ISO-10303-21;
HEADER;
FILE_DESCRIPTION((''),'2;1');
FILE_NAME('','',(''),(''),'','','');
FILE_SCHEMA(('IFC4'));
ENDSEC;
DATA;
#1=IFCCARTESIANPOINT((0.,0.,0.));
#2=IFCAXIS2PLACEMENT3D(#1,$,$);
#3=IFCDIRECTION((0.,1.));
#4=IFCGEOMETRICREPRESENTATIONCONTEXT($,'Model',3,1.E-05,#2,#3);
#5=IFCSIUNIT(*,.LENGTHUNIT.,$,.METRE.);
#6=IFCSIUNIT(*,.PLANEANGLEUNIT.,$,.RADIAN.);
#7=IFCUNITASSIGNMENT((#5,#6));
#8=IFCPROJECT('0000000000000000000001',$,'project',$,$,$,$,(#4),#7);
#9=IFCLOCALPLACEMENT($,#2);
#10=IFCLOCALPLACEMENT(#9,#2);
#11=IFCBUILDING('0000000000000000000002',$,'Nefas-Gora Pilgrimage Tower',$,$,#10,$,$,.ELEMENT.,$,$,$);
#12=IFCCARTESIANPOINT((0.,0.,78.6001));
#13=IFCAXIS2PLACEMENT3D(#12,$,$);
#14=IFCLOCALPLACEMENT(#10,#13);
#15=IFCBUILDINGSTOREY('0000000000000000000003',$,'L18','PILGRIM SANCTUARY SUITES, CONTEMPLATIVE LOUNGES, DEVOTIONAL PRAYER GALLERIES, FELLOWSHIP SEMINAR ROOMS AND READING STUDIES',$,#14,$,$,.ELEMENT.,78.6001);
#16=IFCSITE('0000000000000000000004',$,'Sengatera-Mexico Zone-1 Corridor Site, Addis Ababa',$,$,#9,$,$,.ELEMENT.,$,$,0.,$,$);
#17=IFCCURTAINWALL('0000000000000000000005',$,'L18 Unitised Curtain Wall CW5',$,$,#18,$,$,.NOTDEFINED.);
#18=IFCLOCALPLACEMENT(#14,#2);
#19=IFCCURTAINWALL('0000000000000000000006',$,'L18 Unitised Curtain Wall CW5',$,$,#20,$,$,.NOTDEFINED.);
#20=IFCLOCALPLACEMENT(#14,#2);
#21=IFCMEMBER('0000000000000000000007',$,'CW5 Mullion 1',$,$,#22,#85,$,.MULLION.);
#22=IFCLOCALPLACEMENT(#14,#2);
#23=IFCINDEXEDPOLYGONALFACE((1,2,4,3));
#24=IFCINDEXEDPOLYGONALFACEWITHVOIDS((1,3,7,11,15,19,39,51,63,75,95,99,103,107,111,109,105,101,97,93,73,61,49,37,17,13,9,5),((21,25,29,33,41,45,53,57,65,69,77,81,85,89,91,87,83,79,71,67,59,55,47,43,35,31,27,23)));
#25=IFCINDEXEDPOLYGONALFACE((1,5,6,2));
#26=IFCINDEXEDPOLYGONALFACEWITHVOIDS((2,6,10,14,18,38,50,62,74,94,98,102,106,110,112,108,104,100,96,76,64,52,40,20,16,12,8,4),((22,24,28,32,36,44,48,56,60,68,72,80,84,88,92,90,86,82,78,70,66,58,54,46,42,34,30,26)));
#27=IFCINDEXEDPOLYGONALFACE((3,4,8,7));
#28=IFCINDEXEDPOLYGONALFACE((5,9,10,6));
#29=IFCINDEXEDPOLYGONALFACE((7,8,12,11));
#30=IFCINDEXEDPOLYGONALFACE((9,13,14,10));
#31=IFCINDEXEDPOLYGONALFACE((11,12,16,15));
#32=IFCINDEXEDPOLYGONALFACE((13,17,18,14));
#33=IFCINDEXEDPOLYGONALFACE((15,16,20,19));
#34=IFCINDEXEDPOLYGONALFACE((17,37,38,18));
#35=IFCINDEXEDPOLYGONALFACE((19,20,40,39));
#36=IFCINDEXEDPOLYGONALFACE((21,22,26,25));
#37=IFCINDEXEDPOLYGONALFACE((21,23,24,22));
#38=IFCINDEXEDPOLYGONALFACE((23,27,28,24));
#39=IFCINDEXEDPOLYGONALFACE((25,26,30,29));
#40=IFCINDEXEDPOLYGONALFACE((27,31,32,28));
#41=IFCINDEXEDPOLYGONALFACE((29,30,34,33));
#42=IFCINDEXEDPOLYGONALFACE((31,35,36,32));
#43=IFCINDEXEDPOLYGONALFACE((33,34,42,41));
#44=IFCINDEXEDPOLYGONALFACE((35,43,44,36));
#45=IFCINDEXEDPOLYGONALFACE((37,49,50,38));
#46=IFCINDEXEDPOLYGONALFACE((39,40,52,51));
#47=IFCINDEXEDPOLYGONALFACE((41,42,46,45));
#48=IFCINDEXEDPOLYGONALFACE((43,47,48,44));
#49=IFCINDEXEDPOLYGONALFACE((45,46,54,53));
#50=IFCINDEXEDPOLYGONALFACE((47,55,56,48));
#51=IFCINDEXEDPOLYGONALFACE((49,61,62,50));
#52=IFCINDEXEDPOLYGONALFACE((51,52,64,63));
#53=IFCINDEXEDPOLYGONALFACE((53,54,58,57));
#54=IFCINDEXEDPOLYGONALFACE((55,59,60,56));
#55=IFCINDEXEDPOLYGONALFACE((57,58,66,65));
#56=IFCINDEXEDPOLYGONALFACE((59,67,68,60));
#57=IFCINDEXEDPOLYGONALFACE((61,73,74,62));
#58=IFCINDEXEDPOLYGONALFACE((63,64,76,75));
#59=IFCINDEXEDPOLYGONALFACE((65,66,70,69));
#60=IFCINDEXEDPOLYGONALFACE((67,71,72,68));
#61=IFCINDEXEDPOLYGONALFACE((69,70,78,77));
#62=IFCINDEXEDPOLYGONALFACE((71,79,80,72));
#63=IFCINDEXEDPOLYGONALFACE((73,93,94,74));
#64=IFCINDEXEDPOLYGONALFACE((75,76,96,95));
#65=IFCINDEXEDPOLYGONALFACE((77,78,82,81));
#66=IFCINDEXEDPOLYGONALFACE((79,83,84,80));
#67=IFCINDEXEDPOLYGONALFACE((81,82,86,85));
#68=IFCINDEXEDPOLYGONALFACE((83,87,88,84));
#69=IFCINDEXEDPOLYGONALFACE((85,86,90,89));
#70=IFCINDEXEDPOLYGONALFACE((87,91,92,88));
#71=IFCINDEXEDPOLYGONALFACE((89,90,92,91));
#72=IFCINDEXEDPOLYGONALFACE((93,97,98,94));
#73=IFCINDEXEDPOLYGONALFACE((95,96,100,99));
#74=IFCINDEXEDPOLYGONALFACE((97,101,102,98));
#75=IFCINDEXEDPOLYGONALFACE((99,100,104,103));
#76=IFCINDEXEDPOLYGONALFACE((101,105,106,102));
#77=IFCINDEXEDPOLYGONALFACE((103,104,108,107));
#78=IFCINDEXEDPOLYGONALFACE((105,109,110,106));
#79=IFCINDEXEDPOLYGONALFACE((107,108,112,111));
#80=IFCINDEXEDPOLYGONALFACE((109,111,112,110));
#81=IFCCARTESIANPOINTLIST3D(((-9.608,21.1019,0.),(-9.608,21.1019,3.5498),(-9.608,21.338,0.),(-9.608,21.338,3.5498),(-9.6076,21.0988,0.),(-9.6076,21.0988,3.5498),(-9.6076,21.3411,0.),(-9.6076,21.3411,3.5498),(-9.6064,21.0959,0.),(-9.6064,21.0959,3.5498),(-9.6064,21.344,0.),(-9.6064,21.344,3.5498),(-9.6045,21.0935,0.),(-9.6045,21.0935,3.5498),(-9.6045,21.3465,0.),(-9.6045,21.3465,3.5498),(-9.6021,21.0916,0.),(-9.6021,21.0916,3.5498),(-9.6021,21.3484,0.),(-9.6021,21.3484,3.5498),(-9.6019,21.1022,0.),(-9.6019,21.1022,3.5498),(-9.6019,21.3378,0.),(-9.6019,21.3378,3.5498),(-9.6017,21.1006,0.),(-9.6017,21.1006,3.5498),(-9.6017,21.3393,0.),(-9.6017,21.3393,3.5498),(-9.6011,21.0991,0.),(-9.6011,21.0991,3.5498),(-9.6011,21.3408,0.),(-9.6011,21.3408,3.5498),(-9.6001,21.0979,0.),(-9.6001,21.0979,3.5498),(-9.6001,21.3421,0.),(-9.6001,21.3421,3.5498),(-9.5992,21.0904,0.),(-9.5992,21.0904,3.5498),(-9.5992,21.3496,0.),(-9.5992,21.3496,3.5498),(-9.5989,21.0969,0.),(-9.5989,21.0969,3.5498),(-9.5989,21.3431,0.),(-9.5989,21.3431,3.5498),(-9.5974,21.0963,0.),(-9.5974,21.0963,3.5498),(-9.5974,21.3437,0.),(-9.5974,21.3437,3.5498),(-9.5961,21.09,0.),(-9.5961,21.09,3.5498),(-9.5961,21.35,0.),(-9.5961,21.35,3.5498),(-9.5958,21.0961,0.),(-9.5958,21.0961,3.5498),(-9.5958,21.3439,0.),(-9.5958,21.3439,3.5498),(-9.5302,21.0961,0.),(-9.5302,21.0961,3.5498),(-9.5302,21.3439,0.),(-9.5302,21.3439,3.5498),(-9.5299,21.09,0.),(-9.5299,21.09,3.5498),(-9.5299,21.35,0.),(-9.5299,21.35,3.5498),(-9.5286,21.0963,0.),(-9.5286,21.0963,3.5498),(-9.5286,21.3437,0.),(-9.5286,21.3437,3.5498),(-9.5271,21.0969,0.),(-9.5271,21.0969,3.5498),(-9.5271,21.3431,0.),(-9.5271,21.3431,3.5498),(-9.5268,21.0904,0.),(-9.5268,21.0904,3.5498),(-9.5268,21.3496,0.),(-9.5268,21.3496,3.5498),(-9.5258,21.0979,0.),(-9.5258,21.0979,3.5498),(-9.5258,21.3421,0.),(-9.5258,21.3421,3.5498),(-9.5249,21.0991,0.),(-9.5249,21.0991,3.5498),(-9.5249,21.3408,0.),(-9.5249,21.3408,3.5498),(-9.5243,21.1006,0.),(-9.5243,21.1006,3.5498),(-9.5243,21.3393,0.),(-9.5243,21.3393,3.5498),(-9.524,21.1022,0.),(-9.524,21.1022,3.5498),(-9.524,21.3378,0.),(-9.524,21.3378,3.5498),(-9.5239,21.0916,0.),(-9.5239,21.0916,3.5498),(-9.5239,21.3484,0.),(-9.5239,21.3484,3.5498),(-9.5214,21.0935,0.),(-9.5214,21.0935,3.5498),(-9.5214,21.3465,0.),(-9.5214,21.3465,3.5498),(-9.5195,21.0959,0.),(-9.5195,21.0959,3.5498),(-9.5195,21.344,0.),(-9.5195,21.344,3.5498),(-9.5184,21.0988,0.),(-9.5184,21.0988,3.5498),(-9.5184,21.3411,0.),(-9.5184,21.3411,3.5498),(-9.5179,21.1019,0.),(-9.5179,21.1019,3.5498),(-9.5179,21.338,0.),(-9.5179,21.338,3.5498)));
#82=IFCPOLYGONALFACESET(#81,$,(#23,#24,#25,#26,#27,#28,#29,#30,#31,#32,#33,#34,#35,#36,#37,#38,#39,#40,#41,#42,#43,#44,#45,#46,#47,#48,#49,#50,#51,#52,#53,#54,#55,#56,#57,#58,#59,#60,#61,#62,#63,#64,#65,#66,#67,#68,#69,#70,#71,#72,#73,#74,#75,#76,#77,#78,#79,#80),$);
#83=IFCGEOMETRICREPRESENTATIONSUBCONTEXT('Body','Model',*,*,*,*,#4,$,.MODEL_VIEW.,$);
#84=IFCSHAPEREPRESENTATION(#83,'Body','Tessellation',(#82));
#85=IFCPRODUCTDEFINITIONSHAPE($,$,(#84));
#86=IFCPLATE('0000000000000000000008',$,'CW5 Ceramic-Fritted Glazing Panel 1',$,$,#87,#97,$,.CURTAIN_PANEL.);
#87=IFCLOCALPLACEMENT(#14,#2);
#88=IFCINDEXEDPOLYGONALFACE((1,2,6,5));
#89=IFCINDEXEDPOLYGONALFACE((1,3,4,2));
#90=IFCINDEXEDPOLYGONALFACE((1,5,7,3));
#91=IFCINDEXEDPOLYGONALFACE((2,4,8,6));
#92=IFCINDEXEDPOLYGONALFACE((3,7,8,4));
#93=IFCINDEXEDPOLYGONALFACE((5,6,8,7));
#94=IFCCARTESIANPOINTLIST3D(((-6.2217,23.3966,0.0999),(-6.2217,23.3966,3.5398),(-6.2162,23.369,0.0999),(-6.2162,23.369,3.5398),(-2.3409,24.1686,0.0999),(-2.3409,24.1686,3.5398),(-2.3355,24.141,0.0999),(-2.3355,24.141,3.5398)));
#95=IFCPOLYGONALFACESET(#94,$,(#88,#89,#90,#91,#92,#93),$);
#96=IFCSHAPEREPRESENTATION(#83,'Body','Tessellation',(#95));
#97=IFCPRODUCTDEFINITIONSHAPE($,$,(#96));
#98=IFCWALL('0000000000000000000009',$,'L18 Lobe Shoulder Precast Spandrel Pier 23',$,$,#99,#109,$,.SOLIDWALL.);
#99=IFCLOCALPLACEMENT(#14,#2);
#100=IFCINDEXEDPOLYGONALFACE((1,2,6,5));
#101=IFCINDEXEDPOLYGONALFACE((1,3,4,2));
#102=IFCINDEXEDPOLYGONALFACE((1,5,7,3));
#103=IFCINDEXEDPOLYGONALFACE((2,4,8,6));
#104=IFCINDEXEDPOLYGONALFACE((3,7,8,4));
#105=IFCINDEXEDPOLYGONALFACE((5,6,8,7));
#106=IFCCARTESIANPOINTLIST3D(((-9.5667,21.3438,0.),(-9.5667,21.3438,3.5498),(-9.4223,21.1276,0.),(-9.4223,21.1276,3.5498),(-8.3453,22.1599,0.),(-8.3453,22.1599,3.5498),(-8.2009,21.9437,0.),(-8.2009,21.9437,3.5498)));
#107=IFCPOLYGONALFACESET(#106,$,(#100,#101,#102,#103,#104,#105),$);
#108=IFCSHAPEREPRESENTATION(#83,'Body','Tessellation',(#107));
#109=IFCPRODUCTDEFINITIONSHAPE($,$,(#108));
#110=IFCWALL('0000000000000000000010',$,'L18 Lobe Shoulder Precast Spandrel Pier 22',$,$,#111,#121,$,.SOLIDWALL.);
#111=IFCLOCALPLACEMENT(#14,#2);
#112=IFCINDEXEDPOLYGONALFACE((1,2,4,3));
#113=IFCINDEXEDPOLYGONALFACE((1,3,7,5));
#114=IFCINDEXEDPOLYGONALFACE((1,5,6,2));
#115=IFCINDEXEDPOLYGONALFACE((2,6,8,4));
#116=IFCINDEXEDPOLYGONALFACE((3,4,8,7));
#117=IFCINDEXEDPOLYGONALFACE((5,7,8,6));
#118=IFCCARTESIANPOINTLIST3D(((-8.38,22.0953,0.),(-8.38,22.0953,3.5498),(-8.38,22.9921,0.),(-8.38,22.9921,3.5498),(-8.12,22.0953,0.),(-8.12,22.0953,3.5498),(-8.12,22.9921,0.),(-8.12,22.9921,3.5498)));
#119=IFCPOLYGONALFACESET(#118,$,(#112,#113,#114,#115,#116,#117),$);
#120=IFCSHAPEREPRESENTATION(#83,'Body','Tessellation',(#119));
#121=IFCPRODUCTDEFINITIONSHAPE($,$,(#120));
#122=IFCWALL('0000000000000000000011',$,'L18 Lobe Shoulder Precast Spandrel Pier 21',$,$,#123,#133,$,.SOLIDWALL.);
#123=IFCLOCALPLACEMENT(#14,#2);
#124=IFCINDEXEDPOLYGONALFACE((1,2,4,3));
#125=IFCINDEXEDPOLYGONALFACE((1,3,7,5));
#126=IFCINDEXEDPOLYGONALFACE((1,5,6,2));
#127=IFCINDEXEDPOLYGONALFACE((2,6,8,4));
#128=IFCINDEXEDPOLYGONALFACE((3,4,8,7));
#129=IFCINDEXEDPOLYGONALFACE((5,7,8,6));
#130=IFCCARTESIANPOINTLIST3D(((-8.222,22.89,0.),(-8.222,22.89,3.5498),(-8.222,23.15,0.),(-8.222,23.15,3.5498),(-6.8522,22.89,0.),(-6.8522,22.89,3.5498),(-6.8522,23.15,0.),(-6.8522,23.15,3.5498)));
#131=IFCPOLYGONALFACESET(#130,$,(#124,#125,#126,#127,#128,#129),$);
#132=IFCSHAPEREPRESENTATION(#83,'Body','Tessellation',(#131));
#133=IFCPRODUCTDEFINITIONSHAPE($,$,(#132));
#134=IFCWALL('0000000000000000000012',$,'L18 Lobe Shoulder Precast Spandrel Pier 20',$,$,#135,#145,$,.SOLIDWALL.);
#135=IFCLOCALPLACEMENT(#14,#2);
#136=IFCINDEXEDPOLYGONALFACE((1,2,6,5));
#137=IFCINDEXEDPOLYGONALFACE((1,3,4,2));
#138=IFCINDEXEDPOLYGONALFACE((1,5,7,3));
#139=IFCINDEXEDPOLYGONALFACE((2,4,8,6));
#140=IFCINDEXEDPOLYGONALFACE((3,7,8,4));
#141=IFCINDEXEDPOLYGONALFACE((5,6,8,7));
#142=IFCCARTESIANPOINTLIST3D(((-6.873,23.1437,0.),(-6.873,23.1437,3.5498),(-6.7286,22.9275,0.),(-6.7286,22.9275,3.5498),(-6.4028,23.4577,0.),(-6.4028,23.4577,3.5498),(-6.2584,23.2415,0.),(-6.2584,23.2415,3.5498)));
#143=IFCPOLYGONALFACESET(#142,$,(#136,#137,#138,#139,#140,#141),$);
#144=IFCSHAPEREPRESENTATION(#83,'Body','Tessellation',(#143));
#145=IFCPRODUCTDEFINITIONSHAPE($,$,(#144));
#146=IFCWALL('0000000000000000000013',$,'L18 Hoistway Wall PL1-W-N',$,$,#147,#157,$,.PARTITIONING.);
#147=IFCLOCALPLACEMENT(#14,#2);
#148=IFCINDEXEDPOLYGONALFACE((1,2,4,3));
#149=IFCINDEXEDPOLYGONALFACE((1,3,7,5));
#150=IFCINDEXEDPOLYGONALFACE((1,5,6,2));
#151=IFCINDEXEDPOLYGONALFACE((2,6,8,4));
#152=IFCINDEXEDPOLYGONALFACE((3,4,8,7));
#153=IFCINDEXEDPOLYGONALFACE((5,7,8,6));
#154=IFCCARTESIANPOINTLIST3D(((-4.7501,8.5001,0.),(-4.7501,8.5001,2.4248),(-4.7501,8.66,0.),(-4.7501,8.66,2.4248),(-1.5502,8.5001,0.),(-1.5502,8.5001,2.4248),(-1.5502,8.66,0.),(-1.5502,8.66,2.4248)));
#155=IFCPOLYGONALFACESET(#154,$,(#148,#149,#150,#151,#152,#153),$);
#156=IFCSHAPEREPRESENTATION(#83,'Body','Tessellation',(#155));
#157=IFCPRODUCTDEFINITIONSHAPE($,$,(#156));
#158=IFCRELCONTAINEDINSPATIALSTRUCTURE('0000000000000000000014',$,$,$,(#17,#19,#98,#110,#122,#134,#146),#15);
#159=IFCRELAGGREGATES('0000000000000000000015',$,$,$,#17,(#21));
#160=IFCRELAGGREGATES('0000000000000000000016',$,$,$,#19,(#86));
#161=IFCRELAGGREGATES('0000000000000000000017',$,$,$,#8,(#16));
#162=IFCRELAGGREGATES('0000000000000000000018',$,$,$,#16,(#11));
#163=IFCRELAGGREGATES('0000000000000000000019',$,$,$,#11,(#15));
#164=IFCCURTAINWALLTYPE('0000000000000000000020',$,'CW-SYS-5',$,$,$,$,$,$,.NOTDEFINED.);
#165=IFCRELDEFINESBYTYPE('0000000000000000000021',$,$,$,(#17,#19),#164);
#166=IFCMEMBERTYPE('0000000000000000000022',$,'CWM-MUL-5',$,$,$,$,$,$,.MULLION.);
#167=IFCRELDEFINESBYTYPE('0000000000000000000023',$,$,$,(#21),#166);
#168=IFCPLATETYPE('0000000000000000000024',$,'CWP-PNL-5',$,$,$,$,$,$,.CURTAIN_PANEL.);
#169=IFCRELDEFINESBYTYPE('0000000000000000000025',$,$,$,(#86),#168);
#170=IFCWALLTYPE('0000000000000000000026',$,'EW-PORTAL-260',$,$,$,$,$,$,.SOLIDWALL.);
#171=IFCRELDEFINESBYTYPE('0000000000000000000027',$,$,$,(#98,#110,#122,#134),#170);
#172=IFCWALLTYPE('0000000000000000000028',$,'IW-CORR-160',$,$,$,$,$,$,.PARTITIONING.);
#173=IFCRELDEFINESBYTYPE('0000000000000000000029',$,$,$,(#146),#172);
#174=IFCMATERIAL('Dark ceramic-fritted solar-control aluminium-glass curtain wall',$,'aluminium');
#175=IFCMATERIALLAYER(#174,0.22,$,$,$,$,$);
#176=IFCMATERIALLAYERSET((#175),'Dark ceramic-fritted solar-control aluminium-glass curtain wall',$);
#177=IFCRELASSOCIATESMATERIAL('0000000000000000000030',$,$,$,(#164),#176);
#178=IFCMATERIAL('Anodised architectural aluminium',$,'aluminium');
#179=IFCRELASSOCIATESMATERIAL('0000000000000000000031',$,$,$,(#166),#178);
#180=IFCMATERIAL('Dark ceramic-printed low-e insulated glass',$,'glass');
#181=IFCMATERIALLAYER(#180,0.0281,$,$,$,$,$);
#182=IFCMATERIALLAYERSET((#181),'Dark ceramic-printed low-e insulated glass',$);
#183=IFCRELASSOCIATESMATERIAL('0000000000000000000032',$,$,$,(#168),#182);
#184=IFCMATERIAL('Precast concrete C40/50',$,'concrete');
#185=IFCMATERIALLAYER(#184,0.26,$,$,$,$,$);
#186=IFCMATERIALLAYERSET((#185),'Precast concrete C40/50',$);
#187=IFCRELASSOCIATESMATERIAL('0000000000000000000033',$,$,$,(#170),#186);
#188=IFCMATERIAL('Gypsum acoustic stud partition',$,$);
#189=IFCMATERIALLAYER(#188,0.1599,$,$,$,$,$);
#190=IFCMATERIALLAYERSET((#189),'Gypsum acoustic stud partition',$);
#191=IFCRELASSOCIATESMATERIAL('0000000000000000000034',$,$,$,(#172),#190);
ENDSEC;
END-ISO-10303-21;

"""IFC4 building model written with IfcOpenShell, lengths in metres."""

from ifc_helpers import new_model, si_unit, direction, frame, frame_2d, origin, origin_2d, place, context, subcontext, project, spatial, rectangle, hollow_rectangle, extrude, source, transform, mapped, material, layer, layer_set, material_profile, profile_set, type_object, element, aggregate, save


model = new_model("IFC4")

# Units and contexts
model_context = context("Model", 3, precision=1e-05, world=origin(), true_north=direction((0.0, 1.0)))
body_context = subcontext(model_context, "Body", "Model", "MODEL_VIEW")
ifc_project = project(units=[si_unit("LENGTHUNIT", "METRE"), si_unit("PLANEANGLEUNIT", "RADIAN")], contexts=[model_context])

# Site, building, storey
site_placement = place(None, origin())
site = spatial("IfcSite", under=ifc_project, at=site_placement, Name="Sengatera-Mexico Zone-1 Corridor Site, Addis Ababa", CompositionType="ELEMENT", RefElevation=0.0)
building_placement = place(site_placement, origin())
building = spatial("IfcBuilding", under=site, at=building_placement, Name="Nefas-Gora Pilgrimage Tower", CompositionType="ELEMENT")
storey_placement = place(building_placement, frame((0.0, 0.0, 78.6001)))
storey = spatial("IfcBuildingStorey", under=building, at=storey_placement, Name="L18", Description="PILGRIM SANCTUARY SUITES, CONTEMPLATIVE LOUNGES, DEVOTIONAL PRAYER GALLERIES, FELLOWSHIP SEMINAR ROOMS AND READING STUDIES", CompositionType="ELEMENT", Elevation=78.6001)

# Curtain wall
ifc_material_1 = material(Name="Dark ceramic-fritted solar-control aluminium-glass curtain wall", Category="aluminium")
ifc_layer_1 = layer(ifc_material_1, 0.22)
ifc_layer_set_1 = layer_set([ifc_layer_1], Name="Dark ceramic-fritted solar-control aluminium-glass curtain wall")
curtain_wall_type = type_object("IfcCurtainWallType", Name="CW-SYS-5", PredefinedType="NOTDEFINED", material=ifc_layer_set_1)
curtain_wall_1_placement = place(storey_placement, origin())
curtain_wall_1 = element("IfcCurtainWall", 1, at=curtain_wall_1_placement, inside=storey, type_object=curtain_wall_type, Name="L18 Unitised Curtain Wall CW5", PredefinedType="NOTDEFINED")
ifc_material_2 = material(Name="Anodised architectural aluminium", Category="aluminium")

# Curtain wall
curtain_wall_2_placement = place(storey_placement, origin())
curtain_wall_2 = element("IfcCurtainWall", 2, at=curtain_wall_2_placement, inside=storey, type_object=curtain_wall_type, Name="L18 Unitised Curtain Wall CW5", PredefinedType="NOTDEFINED")
ifc_material_profile_1 = material_profile(ifc_material_2, hollow_rectangle(XDim=0.0901, YDim=0.26, WallThickness=0.0061, InnerFilletRadius=0.0061, OuterFilletRadius=0.012, at=origin_2d()), Name="ALU MULLION 90x260")
ifc_profile_set_1 = profile_set([ifc_material_profile_1], Name="Anodised architectural aluminium")
member_type_1 = type_object("IfcMemberType", Name="CWM-MUL-5", PredefinedType="MULLION", material=ifc_profile_set_1)
shared_shape_1 = source(origin(), body_context, "Body", "SweptSolid", [
    extrude(hollow_rectangle(XDim=0.0901, YDim=0.26, WallThickness=0.0061, InnerFilletRadius=0.0061, OuterFilletRadius=0.012, at=origin_2d()), origin(), (0.0, 0.0, 1.0), 3.5498),
])

# Member
member_1_placement = place(storey_placement, frame((-9.563, 21.22, 0.0), z_axis=(0.0, 0.0, 1.0), x_axis=(-1.0, 0.0, 0.0)))
member_1 = element("IfcMember", 3, at=member_1_placement, type_object=member_type_1, Name="CW5 Mullion 1", PredefinedType="MULLION", context=body_context, shape_type="MappedRepresentation", body=[
    mapped(shared_shape_1, transform((0.0, 0.0, 0.0), x_axis=(1.0, 0.0, 0.0), y_axis=(0.0, 1.0, 0.0), z_axis=(0.0, 0.0, 1.0), scale=1.0)),
])
aggregate(curtain_wall_1, [member_1])

# Plate
ifc_material_3 = material(Name="Dark ceramic-printed low-e insulated glass", Category="glass")
ifc_layer_2 = layer(ifc_material_3, 0.0281)
ifc_layer_set_2 = layer_set([ifc_layer_2], Name="Dark ceramic-printed low-e insulated glass")
plate_type = type_object("IfcPlateType", Name="CWP-PNL-5", PredefinedType="CURTAIN_PANEL", material=ifc_layer_set_2)
shared_shape_2 = source(origin(), body_context, "Body", "SweptSolid", [
    extrude(rectangle(XDim=3.9568, YDim=0.0281, at=origin_2d()), origin(), (0.0, 0.0, 1.0), 3.4399),
])
plate_placement = place(storey_placement, frame((-4.2786, 23.7688, 0.0999), z_axis=(0.0, 0.0, 1.0), x_axis=(-0.980783, -0.195102, 0.0)))
plate = element("IfcPlate", 4, at=plate_placement, type_object=plate_type, Name="CW5 Ceramic-Fritted Glazing Panel 1", PredefinedType="CURTAIN_PANEL", context=body_context, shape_type="MappedRepresentation", body=[
    mapped(shared_shape_2, transform((0.0, 0.0, 0.0), x_axis=(1.0, 0.0, 0.0), y_axis=(0.0, 1.0, 0.0), z_axis=(0.0, 0.0, 1.0), scale=1.0)),
])
aggregate(curtain_wall_2, [plate])

# Walls
ifc_material_4 = material(Name="Precast concrete C40/50", Category="concrete")
ifc_layer_3 = layer(ifc_material_4, 0.26)
ifc_layer_set_3 = layer_set([ifc_layer_3], Name="Precast concrete C40/50")
wall_type_1 = type_object("IfcWallType", Name="EW-PORTAL-260", PredefinedType="SOLIDWALL", material=ifc_layer_set_3)
shared_shape_3 = source(origin(), body_context, "Body", "SweptSolid", [
    extrude(rectangle(XDim=1.469, YDim=0.26, at=frame_2d((0.7344, 0.0))), origin(), (0.0, 0.0, 1.0), 3.5498),
])
wall_1_placement = place(storey_placement, frame((-8.2732, 22.0518, 0.0), z_axis=(0.0, 0.0, 1.0), x_axis=(-0.831462, -0.555582, 0.0)))
element("IfcWall", 5, at=wall_1_placement, inside=storey, type_object=wall_type_1, Name="L18 Lobe Shoulder Precast Spandrel Pier 23", PredefinedType="SOLIDWALL", context=body_context, shape_type="MappedRepresentation", body=[
    mapped(shared_shape_3, transform((0.0, 0.0, 0.0), x_axis=(1.0, 0.0, 0.0), y_axis=(0.0, 1.0, 0.0), z_axis=(0.0, 0.0, 1.0), scale=1.0)),
])
shared_shape_4 = source(origin(), body_context, "Body", "SweptSolid", [
    extrude(rectangle(XDim=0.8967, YDim=0.26, at=frame_2d((0.4482, 0.0))), origin(), (0.0, 0.0, 1.0), 3.5498),
])
wall_2_placement = place(storey_placement, frame((-8.25, 22.9919, 0.0), z_axis=(0.0, 0.0, 1.0), x_axis=(0.0, -1.0, 0.0)))
element("IfcWall", 6, at=wall_2_placement, inside=storey, type_object=wall_type_1, Name="L18 Lobe Shoulder Precast Spandrel Pier 22", PredefinedType="SOLIDWALL", context=body_context, shape_type="MappedRepresentation", body=[
    mapped(shared_shape_4, transform((0.0, 0.0, 0.0), x_axis=(1.0, 0.0, 0.0), y_axis=(0.0, 1.0, 0.0), z_axis=(0.0, 0.0, 1.0), scale=1.0)),
])
shared_shape_5 = source(origin(), body_context, "Body", "SweptSolid", [
    extrude(rectangle(XDim=1.3699, YDim=0.26, at=frame_2d((0.6851, 0.0))), origin(), (0.0, 0.0, 1.0), 3.5498),
])
wall_3_placement = place(storey_placement, frame((-6.8521, 23.02, 0.0), z_axis=(0.0, 0.0, 1.0), x_axis=(-1.0, 0.0, 0.0)))
element("IfcWall", 7, at=wall_3_placement, inside=storey, type_object=wall_type_1, Name="L18 Lobe Shoulder Precast Spandrel Pier 21", PredefinedType="SOLIDWALL", context=body_context, shape_type="MappedRepresentation", body=[
    mapped(shared_shape_5, transform((0.0, 0.0, 0.0), x_axis=(1.0, 0.0, 0.0), y_axis=(0.0, 1.0, 0.0), z_axis=(0.0, 0.0, 1.0), scale=1.0)),
])
shared_shape_6 = source(origin(), body_context, "Body", "SweptSolid", [
    extrude(rectangle(XDim=0.5654, YDim=0.26, at=frame_2d((0.2827, 0.0))), origin(), (0.0, 0.0, 1.0), 3.5498),
])
wall_4_placement = place(storey_placement, frame((-6.3306, 23.3496, 0.0), z_axis=(0.0, 0.0, 1.0), x_axis=(-0.831651, -0.555298, 0.0)))
element("IfcWall", 8, at=wall_4_placement, inside=storey, type_object=wall_type_1, Name="L18 Lobe Shoulder Precast Spandrel Pier 20", PredefinedType="SOLIDWALL", context=body_context, shape_type="MappedRepresentation", body=[
    mapped(shared_shape_6, transform((0.0, 0.0, 0.0), x_axis=(1.0, 0.0, 0.0), y_axis=(0.0, 1.0, 0.0), z_axis=(0.0, 0.0, 1.0), scale=1.0)),
])
ifc_material_5 = material(Name="Gypsum acoustic stud partition")
ifc_layer_4 = layer(ifc_material_5, 0.1599)
ifc_layer_set_4 = layer_set([ifc_layer_4], Name="Gypsum acoustic stud partition")
wall_type_2 = type_object("IfcWallType", Name="IW-CORR-160", PredefinedType="PARTITIONING", material=ifc_layer_set_4)
shared_shape_7 = source(origin(), body_context, "Body", "SweptSolid", [
    extrude(rectangle(XDim=3.2, YDim=0.1599, at=frame_2d((1.6001, 0.0))), origin(), (0.0, 0.0, 1.0), 2.4248),
])
wall_5_placement = place(storey_placement, frame((-1.55, 8.5801, 0.0), z_axis=(0.0, 0.0, 1.0), x_axis=(-1.0, 0.0, 0.0)))
element("IfcWall", 9, at=wall_5_placement, inside=storey, type_object=wall_type_2, Name="L18 Hoistway Wall PL1-W-N", PredefinedType="PARTITIONING", context=body_context, shape_type="MappedRepresentation", body=[
    mapped(shared_shape_7, transform((0.0, 0.0, 0.0), x_axis=(1.0, 0.0, 0.0), y_axis=(0.0, 1.0, 0.0), z_axis=(0.0, 0.0, 1.0), scale=1.0)),
])

save(model, "model.ifc")
